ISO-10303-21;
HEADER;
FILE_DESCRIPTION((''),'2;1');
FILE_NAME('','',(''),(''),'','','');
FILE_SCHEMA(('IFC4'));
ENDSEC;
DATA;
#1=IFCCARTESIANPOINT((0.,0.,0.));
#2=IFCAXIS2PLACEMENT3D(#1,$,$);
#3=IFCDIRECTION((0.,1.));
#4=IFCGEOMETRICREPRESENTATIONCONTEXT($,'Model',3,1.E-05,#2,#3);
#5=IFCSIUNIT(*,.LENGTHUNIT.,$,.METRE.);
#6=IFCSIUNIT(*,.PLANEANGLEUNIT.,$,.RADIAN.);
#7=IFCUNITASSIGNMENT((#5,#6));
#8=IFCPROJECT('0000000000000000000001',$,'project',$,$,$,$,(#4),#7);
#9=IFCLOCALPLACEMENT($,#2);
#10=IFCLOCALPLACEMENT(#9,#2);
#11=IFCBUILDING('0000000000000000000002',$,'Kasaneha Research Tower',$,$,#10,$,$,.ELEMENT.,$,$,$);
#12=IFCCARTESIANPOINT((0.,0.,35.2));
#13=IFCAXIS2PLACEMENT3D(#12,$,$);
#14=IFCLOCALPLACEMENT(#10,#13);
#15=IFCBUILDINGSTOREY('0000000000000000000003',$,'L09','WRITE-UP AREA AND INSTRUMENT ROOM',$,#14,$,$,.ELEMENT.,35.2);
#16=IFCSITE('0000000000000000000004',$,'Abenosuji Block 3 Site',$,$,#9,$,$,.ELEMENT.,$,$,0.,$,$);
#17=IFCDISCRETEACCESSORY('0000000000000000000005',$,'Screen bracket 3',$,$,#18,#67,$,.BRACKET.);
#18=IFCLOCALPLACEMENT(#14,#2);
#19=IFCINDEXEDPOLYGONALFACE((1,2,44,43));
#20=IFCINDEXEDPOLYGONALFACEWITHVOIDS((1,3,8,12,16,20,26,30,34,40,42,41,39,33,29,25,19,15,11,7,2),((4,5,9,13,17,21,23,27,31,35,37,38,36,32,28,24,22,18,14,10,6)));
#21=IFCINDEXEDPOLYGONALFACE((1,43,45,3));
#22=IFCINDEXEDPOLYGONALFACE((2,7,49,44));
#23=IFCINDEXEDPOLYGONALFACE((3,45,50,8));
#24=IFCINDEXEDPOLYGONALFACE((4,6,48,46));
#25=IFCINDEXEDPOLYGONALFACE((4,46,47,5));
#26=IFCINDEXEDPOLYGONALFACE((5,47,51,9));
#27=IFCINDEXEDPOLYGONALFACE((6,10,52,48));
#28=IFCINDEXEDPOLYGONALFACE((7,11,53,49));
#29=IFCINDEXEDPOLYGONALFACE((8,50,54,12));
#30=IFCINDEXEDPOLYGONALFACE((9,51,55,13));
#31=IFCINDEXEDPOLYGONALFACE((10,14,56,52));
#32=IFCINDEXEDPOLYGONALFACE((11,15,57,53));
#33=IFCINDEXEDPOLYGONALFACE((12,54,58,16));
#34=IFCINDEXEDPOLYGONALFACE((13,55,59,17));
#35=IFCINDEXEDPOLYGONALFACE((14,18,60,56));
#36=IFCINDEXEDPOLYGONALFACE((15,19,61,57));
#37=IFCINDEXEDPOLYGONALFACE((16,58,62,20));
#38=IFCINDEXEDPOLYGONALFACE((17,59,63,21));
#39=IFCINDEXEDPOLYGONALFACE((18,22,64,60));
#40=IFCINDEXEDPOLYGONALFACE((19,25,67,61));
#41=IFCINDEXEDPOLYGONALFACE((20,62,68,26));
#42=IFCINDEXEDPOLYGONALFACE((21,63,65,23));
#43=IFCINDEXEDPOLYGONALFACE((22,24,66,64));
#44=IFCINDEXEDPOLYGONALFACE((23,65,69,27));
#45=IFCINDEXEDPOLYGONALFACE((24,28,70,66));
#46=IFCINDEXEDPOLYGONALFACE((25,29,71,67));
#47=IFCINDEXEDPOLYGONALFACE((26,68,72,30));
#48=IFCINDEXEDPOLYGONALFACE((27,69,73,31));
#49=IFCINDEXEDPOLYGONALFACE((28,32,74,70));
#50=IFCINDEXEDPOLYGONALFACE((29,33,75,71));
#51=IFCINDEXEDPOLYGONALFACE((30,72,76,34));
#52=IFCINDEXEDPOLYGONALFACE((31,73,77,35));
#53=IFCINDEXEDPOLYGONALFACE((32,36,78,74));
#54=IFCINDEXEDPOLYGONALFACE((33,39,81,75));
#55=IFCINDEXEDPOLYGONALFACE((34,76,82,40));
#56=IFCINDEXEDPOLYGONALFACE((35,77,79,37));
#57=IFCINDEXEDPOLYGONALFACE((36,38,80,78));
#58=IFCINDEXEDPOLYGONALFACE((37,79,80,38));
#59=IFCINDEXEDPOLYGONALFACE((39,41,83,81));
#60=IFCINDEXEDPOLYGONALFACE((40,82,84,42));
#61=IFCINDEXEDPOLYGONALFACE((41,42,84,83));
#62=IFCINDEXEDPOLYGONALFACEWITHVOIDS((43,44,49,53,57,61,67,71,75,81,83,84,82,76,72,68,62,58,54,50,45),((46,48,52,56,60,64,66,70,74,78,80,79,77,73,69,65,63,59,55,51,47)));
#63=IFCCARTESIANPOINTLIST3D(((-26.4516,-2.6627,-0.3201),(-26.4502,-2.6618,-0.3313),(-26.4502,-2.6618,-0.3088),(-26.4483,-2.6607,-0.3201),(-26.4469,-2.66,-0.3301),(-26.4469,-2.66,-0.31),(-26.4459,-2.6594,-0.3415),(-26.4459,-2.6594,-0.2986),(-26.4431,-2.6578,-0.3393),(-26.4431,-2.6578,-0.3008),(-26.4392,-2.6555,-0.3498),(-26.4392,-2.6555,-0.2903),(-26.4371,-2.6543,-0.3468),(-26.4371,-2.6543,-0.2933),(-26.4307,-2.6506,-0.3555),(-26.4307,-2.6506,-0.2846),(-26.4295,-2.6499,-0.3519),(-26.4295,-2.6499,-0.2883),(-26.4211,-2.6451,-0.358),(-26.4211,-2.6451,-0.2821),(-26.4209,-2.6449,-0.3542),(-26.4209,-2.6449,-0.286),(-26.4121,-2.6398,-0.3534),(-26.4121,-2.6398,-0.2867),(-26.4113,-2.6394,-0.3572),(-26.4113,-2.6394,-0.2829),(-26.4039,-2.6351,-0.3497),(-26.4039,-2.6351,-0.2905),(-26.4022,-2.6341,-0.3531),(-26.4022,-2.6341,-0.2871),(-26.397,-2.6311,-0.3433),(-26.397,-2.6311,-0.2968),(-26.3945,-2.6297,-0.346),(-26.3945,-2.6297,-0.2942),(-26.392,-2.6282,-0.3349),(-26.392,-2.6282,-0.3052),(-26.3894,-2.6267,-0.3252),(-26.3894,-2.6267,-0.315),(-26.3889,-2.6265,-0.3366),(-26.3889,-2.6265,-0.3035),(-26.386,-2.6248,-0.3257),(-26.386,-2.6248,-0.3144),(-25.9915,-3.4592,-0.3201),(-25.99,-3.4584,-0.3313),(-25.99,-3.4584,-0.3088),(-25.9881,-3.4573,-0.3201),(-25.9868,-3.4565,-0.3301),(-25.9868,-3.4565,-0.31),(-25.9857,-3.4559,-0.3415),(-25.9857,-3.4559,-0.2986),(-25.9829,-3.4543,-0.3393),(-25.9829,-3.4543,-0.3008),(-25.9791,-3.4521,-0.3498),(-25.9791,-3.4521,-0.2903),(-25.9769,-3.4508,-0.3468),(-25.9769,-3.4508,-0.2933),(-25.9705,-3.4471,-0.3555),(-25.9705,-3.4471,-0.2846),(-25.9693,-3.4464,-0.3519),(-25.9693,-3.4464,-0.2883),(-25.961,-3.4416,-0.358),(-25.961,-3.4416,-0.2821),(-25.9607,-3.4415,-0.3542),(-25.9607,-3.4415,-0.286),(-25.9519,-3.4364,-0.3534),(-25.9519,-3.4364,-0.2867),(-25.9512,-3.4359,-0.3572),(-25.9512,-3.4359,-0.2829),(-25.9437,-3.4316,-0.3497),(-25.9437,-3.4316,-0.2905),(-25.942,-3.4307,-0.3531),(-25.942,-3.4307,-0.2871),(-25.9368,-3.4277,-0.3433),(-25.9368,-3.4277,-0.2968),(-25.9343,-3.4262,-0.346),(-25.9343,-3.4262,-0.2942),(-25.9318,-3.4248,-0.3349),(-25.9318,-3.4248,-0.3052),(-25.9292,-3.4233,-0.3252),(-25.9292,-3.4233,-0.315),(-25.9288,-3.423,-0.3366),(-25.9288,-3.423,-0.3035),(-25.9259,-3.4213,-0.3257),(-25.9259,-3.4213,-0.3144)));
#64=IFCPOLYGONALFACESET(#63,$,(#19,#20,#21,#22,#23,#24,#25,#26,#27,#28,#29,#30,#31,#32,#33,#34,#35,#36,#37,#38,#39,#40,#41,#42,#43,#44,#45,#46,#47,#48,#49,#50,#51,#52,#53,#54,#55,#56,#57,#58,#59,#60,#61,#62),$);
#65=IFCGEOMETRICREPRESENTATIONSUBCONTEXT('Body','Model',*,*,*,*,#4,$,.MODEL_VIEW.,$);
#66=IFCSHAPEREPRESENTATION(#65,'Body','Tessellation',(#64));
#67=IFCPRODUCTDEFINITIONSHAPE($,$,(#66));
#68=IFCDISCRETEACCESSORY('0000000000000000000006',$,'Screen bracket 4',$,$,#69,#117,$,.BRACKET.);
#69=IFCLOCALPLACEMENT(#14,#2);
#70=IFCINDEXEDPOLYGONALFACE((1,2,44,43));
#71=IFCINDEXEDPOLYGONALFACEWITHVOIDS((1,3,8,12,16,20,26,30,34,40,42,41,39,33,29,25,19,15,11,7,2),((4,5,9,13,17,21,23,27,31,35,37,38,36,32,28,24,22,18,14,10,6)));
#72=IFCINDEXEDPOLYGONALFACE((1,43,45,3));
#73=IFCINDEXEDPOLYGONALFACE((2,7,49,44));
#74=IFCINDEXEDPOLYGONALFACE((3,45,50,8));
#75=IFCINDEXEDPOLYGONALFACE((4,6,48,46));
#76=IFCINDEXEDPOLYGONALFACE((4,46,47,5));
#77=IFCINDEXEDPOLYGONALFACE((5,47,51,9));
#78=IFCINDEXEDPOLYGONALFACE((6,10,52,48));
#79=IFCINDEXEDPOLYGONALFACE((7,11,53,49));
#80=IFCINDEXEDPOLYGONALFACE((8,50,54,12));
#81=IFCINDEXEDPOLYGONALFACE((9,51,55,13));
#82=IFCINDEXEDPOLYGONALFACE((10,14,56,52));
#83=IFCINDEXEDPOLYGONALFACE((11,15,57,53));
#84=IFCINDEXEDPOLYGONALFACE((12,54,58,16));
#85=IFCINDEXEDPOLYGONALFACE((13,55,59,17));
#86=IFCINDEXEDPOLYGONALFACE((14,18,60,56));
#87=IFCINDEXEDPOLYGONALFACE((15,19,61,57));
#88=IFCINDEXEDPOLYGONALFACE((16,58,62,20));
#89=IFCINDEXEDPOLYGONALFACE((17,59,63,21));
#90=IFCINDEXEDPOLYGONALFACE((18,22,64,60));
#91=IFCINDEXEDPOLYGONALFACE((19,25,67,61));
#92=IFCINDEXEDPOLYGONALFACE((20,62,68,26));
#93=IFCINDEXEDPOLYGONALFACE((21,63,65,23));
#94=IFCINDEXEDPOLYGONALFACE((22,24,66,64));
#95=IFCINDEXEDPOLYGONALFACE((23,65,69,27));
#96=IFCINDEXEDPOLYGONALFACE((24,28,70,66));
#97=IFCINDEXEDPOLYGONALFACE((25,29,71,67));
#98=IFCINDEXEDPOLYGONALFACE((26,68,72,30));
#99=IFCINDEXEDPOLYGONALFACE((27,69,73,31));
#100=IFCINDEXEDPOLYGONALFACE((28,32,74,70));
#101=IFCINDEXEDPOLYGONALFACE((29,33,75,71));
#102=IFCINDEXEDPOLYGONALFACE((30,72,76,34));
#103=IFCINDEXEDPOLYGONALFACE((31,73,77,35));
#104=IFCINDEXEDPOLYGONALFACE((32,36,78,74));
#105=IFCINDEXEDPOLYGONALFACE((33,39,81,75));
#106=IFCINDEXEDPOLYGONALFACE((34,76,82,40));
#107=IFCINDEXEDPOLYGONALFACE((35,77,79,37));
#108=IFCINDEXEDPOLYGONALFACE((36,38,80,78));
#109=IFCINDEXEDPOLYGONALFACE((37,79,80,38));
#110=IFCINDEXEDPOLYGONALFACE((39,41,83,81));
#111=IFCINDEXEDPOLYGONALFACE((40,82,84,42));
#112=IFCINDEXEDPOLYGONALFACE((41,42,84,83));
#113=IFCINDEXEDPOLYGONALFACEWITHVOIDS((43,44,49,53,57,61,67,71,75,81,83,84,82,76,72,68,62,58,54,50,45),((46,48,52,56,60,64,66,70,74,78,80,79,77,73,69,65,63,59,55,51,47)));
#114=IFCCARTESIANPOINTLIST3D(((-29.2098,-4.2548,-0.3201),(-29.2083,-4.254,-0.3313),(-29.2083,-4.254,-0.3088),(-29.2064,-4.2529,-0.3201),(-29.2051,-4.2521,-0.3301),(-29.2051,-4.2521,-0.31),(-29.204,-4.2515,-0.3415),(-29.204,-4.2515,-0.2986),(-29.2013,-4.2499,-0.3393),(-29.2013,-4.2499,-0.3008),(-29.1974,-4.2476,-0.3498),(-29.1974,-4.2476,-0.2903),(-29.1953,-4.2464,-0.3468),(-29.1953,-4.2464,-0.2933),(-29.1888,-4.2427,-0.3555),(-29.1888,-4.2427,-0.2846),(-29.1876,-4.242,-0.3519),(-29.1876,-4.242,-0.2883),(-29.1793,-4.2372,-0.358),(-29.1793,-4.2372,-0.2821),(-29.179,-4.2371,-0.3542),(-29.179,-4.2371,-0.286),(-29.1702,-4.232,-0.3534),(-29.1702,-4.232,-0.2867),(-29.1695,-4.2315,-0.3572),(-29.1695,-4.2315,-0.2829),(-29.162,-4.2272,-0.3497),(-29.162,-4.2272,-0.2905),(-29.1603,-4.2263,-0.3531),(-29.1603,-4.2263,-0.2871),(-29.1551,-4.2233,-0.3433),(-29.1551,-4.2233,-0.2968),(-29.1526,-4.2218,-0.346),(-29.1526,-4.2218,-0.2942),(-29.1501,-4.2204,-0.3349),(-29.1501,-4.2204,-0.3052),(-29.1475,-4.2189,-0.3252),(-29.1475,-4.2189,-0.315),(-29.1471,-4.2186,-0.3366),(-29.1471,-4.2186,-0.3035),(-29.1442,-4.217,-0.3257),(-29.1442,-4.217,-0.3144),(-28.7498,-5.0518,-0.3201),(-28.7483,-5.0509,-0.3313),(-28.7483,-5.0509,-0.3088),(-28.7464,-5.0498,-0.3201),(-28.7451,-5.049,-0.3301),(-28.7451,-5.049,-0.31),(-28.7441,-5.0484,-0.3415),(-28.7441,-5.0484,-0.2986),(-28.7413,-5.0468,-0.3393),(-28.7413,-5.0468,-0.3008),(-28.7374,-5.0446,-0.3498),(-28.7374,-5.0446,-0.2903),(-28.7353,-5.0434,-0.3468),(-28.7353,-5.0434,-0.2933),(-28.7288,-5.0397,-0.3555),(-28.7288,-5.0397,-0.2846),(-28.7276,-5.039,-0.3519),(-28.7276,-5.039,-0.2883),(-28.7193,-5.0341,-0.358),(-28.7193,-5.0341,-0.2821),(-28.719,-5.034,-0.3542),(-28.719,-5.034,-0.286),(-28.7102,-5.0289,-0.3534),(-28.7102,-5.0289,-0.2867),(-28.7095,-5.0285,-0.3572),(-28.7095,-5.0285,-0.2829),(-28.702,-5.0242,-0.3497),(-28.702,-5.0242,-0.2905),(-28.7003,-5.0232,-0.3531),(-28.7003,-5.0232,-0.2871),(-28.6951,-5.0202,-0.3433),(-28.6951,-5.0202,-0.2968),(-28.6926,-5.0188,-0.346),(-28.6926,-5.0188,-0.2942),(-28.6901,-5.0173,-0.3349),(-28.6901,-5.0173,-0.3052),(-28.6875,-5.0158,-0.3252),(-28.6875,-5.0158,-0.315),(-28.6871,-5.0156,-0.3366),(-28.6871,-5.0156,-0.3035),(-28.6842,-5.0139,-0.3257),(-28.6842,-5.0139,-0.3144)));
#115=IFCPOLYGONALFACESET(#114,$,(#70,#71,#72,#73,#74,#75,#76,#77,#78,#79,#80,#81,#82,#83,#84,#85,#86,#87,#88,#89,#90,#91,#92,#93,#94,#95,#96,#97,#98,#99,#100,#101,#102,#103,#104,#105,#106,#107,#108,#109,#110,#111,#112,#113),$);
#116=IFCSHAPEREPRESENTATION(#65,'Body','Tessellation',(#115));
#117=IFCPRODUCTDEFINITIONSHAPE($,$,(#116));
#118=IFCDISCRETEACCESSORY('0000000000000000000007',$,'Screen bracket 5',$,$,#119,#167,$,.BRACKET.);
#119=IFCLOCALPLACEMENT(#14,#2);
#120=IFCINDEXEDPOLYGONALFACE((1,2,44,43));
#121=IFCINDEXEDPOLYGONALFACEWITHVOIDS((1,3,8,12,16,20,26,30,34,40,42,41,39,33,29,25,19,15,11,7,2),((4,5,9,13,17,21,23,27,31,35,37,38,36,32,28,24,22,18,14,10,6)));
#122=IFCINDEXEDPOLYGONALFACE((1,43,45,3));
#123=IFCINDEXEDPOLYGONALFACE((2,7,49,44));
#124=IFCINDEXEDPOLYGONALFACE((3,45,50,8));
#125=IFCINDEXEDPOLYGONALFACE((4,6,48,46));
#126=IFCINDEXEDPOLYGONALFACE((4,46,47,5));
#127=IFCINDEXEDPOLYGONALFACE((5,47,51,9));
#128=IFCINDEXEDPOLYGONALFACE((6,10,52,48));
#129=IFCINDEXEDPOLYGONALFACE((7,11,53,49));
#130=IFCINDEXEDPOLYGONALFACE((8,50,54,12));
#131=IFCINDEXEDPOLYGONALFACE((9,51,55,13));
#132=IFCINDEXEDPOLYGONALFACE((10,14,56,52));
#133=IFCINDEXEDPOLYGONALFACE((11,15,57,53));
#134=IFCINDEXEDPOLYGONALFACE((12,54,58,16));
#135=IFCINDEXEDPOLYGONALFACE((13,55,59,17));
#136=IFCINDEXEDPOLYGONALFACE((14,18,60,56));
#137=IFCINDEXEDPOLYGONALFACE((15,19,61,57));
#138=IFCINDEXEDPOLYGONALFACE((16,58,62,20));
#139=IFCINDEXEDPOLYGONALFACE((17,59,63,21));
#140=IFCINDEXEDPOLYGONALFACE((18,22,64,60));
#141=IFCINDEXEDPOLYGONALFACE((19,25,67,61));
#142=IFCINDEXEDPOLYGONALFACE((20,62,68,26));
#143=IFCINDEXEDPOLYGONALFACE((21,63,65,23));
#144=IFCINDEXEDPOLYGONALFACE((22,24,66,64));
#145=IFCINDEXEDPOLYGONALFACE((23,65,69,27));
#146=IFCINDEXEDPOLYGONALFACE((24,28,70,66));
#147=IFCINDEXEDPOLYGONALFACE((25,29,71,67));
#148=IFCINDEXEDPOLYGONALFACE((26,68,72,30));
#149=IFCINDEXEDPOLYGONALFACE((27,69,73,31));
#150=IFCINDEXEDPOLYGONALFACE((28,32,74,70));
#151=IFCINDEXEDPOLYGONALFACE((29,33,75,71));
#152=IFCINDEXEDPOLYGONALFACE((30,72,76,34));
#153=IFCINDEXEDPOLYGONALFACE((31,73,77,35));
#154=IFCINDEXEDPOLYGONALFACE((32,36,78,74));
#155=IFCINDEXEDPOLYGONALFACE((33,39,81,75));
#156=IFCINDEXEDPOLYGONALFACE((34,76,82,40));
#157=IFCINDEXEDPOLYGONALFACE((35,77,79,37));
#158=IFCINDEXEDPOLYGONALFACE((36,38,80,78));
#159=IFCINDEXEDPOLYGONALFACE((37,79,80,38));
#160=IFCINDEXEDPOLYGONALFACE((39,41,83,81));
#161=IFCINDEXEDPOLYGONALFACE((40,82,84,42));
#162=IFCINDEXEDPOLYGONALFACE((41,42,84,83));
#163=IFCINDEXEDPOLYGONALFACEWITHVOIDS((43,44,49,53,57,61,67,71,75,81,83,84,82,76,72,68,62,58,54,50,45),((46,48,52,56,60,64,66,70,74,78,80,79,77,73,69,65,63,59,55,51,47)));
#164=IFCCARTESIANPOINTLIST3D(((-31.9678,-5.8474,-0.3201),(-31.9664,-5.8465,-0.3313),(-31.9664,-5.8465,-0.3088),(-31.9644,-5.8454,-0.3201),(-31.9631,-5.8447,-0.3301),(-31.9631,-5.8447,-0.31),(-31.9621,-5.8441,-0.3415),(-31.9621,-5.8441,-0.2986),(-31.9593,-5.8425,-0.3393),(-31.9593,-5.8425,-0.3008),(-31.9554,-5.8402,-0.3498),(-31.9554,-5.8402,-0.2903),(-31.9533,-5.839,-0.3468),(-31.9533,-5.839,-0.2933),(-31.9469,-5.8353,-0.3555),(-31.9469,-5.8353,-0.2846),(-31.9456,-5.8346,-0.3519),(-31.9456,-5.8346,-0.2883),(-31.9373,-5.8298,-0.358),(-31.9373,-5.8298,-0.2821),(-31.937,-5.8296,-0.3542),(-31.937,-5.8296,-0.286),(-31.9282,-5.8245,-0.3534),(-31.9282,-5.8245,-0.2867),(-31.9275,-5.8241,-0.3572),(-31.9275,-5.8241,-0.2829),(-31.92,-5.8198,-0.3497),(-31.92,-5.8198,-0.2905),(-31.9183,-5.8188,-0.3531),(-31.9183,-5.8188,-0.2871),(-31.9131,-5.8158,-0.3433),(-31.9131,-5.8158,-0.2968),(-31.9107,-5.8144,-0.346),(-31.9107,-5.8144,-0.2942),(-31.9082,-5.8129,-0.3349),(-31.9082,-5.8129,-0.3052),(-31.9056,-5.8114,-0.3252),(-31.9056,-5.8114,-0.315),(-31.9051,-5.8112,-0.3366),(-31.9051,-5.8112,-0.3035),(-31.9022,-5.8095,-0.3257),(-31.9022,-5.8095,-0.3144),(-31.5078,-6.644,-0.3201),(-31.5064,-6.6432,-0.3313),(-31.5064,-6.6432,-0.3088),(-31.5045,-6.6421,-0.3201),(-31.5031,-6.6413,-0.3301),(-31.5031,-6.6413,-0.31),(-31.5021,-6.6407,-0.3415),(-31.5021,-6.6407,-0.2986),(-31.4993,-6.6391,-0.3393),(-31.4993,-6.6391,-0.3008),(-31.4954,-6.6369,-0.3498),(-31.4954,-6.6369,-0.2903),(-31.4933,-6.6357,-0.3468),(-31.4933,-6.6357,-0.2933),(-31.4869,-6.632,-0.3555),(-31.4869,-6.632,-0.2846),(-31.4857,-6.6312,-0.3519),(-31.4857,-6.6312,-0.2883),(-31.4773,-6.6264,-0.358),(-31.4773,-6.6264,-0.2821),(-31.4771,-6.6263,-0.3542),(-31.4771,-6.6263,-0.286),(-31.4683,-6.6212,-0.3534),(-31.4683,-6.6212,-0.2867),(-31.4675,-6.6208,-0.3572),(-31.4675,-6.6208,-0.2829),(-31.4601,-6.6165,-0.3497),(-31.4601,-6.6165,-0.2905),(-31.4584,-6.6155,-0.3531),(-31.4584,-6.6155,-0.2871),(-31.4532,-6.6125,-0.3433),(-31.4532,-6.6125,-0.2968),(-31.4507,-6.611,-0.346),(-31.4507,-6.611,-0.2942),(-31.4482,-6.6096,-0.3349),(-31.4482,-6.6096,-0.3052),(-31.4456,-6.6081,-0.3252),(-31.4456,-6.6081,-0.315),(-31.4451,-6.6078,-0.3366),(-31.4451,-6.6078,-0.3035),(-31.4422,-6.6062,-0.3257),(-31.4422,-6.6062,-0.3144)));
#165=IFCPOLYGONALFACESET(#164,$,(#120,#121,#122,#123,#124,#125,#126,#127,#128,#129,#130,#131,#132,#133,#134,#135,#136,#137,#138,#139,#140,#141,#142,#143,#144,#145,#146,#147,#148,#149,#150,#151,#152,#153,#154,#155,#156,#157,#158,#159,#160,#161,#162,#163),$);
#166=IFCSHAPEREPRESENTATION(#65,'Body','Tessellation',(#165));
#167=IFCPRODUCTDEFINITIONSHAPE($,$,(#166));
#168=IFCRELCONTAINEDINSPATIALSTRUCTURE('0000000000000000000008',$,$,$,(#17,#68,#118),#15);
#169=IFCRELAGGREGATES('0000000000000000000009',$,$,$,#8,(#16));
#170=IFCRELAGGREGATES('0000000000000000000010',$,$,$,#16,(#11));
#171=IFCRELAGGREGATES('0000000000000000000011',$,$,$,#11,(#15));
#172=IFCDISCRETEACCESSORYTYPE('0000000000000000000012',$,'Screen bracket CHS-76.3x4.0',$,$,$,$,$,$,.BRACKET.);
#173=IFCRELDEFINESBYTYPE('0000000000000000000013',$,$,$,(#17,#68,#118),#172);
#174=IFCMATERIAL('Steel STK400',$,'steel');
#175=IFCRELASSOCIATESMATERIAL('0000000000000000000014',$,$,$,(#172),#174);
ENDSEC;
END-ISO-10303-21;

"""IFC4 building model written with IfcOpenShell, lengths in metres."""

from ifc_helpers import new_model, si_unit, direction, frame, origin, origin_2d, place, context, subcontext, project, spatial, hollow_circle, extrude, material, material_profile, profile_set, type_object, element, save


model = new_model("IFC4")

# Units and contexts
model_context = context("Model", 3, precision=1e-05, world=origin(), true_north=direction((0.0, 1.0)))
body_context = subcontext(model_context, "Body", "Model", "MODEL_VIEW")
ifc_project = project(units=[si_unit("LENGTHUNIT", "METRE"), si_unit("PLANEANGLEUNIT", "RADIAN")], contexts=[model_context])

# Site, building, storey
site_placement = place(None, origin())
site = spatial("IfcSite", under=ifc_project, at=site_placement, Name="Abenosuji Block 3 Site", CompositionType="ELEMENT", RefElevation=0.0)
building_placement = place(site_placement, origin())
building = spatial("IfcBuilding", under=site, at=building_placement, Name="Kasaneha Research Tower", CompositionType="ELEMENT")
storey_placement = place(building_placement, frame((0.0, 0.0, 35.2)))
storey = spatial("IfcBuildingStorey", under=building, at=storey_placement, Name="L09", Description="WRITE-UP AREA AND INSTRUMENT ROOM", CompositionType="ELEMENT", Elevation=35.2)

# Discrete accessories
ifc_material_1 = material(Name="Steel STK400", Category="steel")
ifc_material_profile_1 = material_profile(ifc_material_1, hollow_circle(Radius=0.0381, WallThickness=0.0039, at=origin_2d()), Name="CHS-76.3x4.0")
ifc_profile_set_1 = profile_set([ifc_material_profile_1], Name="Steel STK400")
discrete_accessory_type = type_object("IfcDiscreteAccessoryType", Name="Screen bracket CHS-76.3x4.0", PredefinedType="BRACKET", material=ifc_profile_set_1)
discrete_accessory_1_placement = place(storey_placement, frame((-25.9585, -3.4402, -0.3201), z_axis=(-0.50022, 0.865898, 0.0), x_axis=(-0.865898, -0.50022, 0.0)))
element("IfcDiscreteAccessory", 1, at=discrete_accessory_1_placement, inside=storey, type_object=discrete_accessory_type, Name="Screen bracket 3", PredefinedType="BRACKET", context=body_context, shape_type="SweptSolid", body=[
    extrude(hollow_circle(Radius=0.0381, WallThickness=0.0039, at=origin_2d()), origin(), (0.0, 0.0, 1.0), 0.9199),
])
discrete_accessory_2_placement = place(storey_placement, frame((-28.7168, -5.0327, -0.3201), z_axis=(-0.499906, 0.86608, 0.0), x_axis=(-0.86608, -0.499906, 0.0)))
element("IfcDiscreteAccessory", 2, at=discrete_accessory_2_placement, inside=storey, type_object=discrete_accessory_type, Name="Screen bracket 4", PredefinedType="BRACKET", context=body_context, shape_type="SweptSolid", body=[
    extrude(hollow_circle(Radius=0.0381, WallThickness=0.0039, at=origin_2d()), origin(), (0.0, 0.0, 1.0), 0.9202),
])
discrete_accessory_3_placement = place(storey_placement, frame((-31.4749, -6.625, -0.3201), z_axis=(-0.500021, 0.866013, 0.0), x_axis=(-0.866013, -0.500021, 0.0)))
element("IfcDiscreteAccessory", 3, at=discrete_accessory_3_placement, inside=storey, type_object=discrete_accessory_type, Name="Screen bracket 5", PredefinedType="BRACKET", context=body_context, shape_type="SweptSolid", body=[
    extrude(hollow_circle(Radius=0.0381, WallThickness=0.0039, at=origin_2d()), origin(), (0.0, 0.0, 1.0), 0.9199),
])

save(model, "model.ifc")
